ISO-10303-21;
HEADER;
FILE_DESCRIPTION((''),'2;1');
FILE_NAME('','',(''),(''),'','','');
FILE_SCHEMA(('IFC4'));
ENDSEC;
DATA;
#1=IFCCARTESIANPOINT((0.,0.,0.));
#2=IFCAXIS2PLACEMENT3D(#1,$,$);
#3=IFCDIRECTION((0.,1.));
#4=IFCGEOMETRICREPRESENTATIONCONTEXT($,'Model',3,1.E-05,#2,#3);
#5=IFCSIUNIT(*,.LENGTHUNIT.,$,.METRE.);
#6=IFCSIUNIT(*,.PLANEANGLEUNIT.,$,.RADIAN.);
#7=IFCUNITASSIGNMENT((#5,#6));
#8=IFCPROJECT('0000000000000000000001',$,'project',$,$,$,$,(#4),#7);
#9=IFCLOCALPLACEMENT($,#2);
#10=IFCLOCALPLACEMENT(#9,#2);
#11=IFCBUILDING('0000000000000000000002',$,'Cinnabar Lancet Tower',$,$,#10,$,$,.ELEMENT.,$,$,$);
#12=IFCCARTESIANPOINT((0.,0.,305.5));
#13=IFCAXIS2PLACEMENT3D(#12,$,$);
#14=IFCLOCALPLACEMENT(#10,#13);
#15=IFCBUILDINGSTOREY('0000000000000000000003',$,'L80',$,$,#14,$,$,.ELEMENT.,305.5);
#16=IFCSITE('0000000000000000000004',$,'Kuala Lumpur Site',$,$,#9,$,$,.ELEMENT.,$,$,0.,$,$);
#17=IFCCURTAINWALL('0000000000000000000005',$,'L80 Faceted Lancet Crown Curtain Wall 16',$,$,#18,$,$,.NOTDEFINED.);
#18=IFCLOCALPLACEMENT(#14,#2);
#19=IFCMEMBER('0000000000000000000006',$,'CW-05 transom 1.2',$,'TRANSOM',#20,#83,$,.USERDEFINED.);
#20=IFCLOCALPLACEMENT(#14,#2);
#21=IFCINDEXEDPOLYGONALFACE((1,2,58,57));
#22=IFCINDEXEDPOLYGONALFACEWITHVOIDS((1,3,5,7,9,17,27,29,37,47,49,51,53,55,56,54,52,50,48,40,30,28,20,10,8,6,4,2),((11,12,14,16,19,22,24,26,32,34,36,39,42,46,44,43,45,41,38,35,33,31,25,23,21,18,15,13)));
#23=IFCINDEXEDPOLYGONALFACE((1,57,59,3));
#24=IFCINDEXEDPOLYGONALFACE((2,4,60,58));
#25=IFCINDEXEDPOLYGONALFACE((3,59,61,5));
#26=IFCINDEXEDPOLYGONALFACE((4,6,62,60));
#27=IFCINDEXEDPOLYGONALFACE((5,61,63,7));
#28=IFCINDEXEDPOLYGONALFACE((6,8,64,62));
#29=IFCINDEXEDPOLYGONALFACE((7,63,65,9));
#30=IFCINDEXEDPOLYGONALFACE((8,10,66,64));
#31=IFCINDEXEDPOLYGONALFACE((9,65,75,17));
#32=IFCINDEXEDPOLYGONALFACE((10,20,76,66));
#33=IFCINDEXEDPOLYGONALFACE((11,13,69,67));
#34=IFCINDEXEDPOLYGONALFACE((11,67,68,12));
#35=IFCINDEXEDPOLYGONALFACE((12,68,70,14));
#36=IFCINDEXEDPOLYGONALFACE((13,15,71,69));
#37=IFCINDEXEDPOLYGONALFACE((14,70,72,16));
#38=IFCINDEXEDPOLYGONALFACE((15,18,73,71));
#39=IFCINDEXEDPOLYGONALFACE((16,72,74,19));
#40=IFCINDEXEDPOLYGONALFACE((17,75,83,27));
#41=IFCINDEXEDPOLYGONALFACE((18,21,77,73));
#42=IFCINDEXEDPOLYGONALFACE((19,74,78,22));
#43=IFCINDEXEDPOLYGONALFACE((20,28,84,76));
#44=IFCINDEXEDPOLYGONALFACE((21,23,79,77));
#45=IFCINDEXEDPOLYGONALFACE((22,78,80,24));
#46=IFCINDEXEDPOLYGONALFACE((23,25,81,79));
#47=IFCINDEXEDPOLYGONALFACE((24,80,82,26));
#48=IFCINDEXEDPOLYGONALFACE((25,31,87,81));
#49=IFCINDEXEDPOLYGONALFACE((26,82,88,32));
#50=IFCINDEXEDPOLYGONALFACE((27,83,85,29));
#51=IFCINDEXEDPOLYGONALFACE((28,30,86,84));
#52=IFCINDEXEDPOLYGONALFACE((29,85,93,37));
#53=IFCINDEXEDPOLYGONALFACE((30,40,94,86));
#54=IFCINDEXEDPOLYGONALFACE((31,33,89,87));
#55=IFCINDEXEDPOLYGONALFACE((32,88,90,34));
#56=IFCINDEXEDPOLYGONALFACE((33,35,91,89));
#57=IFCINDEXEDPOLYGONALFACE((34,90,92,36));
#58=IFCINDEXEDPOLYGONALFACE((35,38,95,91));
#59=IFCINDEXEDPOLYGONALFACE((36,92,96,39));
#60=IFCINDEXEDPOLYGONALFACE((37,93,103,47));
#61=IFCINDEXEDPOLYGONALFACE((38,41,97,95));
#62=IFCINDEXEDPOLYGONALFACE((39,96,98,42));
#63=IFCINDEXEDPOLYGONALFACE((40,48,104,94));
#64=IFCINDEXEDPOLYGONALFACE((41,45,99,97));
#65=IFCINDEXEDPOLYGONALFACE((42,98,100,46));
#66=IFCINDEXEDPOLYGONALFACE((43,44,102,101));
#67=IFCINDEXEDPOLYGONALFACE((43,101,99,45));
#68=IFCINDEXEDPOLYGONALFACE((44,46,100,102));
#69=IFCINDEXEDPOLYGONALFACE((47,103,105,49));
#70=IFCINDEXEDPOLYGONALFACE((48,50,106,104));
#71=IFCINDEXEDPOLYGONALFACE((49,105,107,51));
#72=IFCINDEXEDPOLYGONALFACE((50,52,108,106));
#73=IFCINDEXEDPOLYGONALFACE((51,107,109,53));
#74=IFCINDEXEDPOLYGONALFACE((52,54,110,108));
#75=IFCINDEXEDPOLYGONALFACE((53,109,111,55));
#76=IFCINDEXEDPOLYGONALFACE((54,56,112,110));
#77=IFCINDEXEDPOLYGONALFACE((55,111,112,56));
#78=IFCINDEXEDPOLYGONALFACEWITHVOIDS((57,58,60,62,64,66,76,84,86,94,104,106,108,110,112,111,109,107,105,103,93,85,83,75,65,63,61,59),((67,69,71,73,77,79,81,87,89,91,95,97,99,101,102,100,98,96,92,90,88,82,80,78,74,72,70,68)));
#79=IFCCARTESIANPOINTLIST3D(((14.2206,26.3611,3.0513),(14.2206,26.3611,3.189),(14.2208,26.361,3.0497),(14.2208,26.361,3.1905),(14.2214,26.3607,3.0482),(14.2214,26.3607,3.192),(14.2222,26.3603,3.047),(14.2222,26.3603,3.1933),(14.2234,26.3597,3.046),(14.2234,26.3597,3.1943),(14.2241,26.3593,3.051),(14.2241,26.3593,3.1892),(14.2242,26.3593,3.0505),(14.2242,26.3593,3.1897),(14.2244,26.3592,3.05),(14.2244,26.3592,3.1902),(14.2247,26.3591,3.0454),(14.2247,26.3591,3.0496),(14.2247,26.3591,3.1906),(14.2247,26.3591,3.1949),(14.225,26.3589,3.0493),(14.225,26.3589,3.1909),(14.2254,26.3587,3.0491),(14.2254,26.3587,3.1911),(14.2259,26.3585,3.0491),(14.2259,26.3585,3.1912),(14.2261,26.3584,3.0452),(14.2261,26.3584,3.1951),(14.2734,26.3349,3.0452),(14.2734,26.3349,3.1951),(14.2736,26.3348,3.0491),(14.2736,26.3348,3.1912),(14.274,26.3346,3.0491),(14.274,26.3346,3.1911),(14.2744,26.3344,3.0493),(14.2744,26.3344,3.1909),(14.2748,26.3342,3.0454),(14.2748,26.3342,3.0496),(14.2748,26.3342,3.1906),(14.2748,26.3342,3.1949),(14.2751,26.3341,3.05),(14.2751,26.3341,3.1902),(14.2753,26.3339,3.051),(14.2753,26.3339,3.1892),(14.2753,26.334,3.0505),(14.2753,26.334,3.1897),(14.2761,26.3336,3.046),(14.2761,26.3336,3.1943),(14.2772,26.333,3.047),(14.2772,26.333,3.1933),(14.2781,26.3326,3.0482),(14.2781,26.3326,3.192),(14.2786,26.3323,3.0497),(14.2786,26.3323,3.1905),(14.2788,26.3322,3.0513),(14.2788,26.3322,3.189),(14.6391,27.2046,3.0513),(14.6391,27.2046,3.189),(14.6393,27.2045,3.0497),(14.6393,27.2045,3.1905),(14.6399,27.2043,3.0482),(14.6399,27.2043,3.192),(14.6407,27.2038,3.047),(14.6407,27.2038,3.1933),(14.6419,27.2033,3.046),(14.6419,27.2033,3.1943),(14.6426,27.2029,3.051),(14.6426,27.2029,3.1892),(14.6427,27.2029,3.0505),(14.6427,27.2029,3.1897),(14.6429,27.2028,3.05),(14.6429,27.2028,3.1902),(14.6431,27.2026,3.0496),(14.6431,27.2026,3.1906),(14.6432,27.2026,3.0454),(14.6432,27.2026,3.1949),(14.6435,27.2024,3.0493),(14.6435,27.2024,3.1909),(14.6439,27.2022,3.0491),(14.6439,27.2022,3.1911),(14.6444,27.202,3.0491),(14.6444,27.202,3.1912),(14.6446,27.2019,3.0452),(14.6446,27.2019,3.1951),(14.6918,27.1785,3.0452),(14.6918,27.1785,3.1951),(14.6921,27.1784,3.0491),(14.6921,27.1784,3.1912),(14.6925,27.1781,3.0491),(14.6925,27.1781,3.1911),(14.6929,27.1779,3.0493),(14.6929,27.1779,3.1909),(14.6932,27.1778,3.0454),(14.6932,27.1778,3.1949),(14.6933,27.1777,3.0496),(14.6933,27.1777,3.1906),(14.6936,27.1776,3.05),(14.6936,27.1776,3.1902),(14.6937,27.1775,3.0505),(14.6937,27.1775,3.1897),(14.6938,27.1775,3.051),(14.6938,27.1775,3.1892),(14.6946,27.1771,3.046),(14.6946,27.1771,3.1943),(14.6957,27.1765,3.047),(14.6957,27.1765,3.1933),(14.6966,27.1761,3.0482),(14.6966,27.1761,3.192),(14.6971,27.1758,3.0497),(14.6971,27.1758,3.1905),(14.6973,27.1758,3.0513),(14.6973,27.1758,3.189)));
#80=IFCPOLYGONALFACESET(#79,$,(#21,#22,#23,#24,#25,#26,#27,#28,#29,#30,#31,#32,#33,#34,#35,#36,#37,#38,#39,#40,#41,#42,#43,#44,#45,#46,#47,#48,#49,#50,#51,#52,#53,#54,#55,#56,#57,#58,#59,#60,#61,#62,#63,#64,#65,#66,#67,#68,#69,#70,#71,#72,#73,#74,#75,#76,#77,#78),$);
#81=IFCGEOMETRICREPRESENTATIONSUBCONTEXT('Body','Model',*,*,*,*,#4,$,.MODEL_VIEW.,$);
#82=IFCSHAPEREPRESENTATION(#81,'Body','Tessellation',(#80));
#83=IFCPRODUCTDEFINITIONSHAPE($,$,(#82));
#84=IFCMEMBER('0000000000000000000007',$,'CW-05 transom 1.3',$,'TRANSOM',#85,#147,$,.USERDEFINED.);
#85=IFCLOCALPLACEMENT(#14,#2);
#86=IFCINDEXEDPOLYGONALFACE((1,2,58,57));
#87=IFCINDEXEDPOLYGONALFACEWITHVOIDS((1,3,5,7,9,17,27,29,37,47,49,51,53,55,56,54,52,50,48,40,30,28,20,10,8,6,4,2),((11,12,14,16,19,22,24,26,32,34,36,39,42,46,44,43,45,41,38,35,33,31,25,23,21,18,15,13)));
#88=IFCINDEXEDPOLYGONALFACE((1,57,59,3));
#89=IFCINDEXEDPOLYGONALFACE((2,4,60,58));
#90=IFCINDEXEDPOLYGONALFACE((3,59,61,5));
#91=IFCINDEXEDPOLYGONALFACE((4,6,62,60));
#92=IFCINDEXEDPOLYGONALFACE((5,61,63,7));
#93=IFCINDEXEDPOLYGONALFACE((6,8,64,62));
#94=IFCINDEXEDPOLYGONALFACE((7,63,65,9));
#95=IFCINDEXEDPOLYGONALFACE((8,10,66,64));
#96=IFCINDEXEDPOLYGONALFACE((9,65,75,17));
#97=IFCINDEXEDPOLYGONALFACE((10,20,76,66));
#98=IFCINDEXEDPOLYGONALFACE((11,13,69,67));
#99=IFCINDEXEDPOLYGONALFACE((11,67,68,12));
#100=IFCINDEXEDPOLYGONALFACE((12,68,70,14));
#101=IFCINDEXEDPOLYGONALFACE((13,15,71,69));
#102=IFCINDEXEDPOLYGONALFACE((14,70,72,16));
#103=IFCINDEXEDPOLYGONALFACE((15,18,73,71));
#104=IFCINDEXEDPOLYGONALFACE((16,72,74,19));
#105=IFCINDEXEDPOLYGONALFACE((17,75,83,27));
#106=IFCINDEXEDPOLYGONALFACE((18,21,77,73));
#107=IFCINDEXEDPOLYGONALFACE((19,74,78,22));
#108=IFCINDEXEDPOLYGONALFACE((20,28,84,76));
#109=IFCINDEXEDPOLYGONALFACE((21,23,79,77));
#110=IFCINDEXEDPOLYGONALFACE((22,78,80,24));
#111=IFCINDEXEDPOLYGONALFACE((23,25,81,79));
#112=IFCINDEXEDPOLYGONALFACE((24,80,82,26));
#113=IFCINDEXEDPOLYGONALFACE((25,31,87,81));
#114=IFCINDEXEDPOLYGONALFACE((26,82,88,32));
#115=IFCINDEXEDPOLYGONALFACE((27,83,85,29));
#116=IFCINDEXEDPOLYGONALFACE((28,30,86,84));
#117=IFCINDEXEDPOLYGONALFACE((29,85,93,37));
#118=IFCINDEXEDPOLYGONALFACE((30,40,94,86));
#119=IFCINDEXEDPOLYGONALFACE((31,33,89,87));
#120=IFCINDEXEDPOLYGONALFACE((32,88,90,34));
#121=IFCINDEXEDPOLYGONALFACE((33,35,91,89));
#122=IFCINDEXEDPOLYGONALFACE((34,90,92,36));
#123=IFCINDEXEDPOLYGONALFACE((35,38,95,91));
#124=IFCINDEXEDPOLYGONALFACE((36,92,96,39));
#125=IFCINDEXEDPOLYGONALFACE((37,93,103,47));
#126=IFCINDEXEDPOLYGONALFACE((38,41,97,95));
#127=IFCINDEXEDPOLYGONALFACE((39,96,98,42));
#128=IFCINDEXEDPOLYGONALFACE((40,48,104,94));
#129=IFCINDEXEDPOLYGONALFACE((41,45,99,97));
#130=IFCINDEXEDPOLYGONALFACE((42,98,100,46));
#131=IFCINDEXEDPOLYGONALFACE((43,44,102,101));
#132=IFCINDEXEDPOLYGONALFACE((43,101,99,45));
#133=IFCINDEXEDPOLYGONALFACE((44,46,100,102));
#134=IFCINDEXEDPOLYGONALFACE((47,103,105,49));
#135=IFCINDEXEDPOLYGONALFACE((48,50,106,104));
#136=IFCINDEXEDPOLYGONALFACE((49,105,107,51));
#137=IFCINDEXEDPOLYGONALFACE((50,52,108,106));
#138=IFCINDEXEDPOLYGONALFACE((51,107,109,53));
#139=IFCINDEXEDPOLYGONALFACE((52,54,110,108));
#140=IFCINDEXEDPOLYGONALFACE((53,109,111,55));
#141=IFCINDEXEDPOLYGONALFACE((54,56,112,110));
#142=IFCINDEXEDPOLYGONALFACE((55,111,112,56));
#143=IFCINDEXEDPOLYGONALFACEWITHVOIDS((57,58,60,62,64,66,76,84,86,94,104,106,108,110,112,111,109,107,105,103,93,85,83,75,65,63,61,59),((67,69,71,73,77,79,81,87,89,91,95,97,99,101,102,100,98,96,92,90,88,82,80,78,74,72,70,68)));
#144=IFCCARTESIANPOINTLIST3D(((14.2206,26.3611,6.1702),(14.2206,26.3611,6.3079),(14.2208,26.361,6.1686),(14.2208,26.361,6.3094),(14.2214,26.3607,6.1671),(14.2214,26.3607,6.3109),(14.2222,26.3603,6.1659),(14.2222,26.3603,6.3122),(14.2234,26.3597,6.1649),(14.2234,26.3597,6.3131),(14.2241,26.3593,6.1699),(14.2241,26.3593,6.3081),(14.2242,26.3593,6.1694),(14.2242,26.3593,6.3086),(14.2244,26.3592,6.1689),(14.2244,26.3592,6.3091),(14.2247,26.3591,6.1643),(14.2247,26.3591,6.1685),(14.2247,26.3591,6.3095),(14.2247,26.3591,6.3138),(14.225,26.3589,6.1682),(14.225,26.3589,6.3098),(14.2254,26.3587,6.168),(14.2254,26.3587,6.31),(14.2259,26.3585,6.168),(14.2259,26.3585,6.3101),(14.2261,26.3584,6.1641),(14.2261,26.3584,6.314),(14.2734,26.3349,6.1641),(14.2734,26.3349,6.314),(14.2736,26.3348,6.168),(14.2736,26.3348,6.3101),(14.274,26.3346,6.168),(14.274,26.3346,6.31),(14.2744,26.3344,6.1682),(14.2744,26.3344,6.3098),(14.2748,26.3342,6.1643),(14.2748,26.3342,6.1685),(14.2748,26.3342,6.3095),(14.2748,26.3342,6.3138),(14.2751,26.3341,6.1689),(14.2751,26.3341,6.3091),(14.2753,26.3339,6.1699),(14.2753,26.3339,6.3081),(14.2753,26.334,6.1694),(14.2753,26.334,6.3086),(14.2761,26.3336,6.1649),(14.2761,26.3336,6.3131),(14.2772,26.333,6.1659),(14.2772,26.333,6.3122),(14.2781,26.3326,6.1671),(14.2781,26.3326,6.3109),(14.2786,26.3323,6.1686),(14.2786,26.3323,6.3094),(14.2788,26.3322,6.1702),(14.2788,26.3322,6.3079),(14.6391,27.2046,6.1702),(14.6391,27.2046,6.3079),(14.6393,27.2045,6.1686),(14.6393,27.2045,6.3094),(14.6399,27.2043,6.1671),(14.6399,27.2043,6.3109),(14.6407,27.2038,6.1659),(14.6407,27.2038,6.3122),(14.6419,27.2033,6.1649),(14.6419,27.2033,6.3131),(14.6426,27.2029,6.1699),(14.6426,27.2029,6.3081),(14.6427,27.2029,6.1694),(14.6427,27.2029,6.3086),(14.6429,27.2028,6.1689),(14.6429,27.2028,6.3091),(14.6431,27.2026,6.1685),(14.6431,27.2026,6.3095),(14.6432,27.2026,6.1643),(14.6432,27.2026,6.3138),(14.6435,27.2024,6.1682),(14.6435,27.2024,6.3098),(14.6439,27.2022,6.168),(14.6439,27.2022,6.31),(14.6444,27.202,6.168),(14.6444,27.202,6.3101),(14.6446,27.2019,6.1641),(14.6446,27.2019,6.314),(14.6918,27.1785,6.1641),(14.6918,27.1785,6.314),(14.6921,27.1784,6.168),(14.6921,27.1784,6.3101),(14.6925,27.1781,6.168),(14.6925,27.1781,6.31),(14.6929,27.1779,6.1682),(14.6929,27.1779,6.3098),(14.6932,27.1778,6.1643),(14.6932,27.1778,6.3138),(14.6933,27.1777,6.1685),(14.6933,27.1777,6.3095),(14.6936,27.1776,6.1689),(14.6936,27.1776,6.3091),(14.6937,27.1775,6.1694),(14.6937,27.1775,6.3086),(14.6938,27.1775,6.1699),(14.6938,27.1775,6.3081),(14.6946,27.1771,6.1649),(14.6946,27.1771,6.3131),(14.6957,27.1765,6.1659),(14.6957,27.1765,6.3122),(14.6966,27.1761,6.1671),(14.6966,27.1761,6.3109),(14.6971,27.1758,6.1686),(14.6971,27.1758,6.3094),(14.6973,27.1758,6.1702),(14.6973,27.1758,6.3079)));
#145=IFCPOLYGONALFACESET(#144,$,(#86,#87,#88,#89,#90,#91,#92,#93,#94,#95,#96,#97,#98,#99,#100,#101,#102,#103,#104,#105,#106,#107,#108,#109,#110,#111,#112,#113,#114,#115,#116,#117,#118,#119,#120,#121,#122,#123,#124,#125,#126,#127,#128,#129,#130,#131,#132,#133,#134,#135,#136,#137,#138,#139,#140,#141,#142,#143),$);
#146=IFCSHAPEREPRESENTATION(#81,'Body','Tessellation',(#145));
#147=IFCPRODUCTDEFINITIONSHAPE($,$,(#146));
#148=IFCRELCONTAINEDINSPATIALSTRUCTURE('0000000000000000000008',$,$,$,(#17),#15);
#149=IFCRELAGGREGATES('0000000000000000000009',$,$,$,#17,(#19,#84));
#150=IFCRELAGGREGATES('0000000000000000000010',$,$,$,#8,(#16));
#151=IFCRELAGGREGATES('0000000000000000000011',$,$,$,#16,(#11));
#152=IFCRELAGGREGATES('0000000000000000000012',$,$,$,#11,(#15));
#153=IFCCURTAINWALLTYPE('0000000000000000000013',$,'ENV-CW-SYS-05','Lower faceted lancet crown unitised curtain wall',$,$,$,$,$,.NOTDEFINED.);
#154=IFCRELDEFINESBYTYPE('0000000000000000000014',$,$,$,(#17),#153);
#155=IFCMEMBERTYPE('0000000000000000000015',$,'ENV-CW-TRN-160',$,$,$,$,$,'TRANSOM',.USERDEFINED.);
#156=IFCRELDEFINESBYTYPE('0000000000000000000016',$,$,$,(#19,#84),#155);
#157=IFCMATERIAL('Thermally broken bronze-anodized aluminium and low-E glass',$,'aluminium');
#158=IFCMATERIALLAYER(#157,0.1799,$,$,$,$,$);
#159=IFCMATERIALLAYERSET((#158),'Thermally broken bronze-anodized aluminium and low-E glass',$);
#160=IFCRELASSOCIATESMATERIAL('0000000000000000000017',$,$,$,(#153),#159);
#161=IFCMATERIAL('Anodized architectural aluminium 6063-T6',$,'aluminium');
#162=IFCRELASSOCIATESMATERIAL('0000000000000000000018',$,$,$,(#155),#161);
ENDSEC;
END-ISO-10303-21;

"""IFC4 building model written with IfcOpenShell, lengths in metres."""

from ifc_helpers import new_model, si_unit, direction, frame, origin, origin_2d, place, context, subcontext, project, spatial, hollow_rectangle, extrude, material, layer, layer_set, material_profile, profile_set, type_object, element, aggregate, save


model = new_model("IFC4")

# Units and contexts
model_context = context("Model", 3, precision=1e-05, world=origin(), true_north=direction((0.0, 1.0)))
body_context = subcontext(model_context, "Body", "Model", "MODEL_VIEW")
ifc_project = project(units=[si_unit("LENGTHUNIT", "METRE"), si_unit("PLANEANGLEUNIT", "RADIAN")], contexts=[model_context])

# Site, building, storey
site_placement = place(None, origin())
site = spatial("IfcSite", under=ifc_project, at=site_placement, Name="Kuala Lumpur Site", CompositionType="ELEMENT", RefElevation=0.0)
building_placement = place(site_placement, origin())
building = spatial("IfcBuilding", under=site, at=building_placement, Name="Cinnabar Lancet Tower", CompositionType="ELEMENT")
storey_placement = place(building_placement, frame((0.0, 0.0, 305.5)))
storey = spatial("IfcBuildingStorey", under=building, at=storey_placement, Name="L80", CompositionType="ELEMENT", Elevation=305.5)

# Shared definitions
ifc_material_1 = material(Name="Thermally broken bronze-anodized aluminium and low-E glass", Category="aluminium")
ifc_layer_1 = layer(ifc_material_1, 0.1799)
ifc_layer_set_1 = layer_set([ifc_layer_1], Name="Thermally broken bronze-anodized aluminium and low-E glass")
curtain_wall_type = type_object("IfcCurtainWallType", Name="ENV-CW-SYS-05", Description="Lower faceted lancet crown unitised curtain wall", PredefinedType="NOTDEFINED", material=ifc_layer_set_1)

# Curtain wall
curtain_wall_1_placement = place(storey_placement, origin())
curtain_wall_1 = element("IfcCurtainWall", 1, at=curtain_wall_1_placement, inside=storey, type_object=curtain_wall_type, Name="L80 Faceted Lancet Crown Curtain Wall 16", PredefinedType="NOTDEFINED")

# Members
ifc_material_2 = material(Name="Anodized architectural aluminium 6063-T6", Category="aluminium")
ifc_material_profile_1 = material_profile(ifc_material_2, hollow_rectangle(XDim=0.0649, YDim=0.1499, WallThickness=0.0039, InnerFilletRadius=0.002, OuterFilletRadius=0.0061, at=origin_2d()), Name="CW-TRN 150x65x4")
ifc_profile_set_1 = profile_set([ifc_material_profile_1], Name="Anodized architectural aluminium 6063-T6")
member_type_1 = type_object("IfcMemberType", Name="ENV-CW-TRN-160", ElementType="TRANSOM", PredefinedType="USERDEFINED", material=ifc_profile_set_1)
member_1_placement = place(storey_placement, frame((14.6682, 27.1902, 3.1201), z_axis=(-0.444411, -0.895823, 0.0), x_axis=(0.895823, -0.444411, 0.0)))
member_1 = element("IfcMember", 2, at=member_1_placement, type_object=member_type_1, Name="CW-05 transom 1.2", ObjectType="TRANSOM", PredefinedType="USERDEFINED", context=body_context, shape_type="SweptSolid", body=[
    extrude(hollow_rectangle(XDim=0.0649, YDim=0.1499, WallThickness=0.0039, InnerFilletRadius=0.002, OuterFilletRadius=0.0061, at=origin_2d()), origin(), (0.0, 0.0, 1.0), 0.9417),
])
member_2_placement = place(storey_placement, frame((14.6682, 27.1902, 6.239), z_axis=(-0.444411, -0.895823, 0.0), x_axis=(0.895823, -0.444411, 0.0)))
member_2 = element("IfcMember", 3, at=member_2_placement, type_object=member_type_1, Name="CW-05 transom 1.3", ObjectType="TRANSOM", PredefinedType="USERDEFINED", context=body_context, shape_type="SweptSolid", body=[
    extrude(hollow_rectangle(XDim=0.0649, YDim=0.1499, WallThickness=0.0039, InnerFilletRadius=0.002, OuterFilletRadius=0.0061, at=origin_2d()), origin(), (0.0, 0.0, 1.0), 0.9417),
])

aggregate(curtain_wall_1, [member_1, member_2])

save(model, "model.ifc")
